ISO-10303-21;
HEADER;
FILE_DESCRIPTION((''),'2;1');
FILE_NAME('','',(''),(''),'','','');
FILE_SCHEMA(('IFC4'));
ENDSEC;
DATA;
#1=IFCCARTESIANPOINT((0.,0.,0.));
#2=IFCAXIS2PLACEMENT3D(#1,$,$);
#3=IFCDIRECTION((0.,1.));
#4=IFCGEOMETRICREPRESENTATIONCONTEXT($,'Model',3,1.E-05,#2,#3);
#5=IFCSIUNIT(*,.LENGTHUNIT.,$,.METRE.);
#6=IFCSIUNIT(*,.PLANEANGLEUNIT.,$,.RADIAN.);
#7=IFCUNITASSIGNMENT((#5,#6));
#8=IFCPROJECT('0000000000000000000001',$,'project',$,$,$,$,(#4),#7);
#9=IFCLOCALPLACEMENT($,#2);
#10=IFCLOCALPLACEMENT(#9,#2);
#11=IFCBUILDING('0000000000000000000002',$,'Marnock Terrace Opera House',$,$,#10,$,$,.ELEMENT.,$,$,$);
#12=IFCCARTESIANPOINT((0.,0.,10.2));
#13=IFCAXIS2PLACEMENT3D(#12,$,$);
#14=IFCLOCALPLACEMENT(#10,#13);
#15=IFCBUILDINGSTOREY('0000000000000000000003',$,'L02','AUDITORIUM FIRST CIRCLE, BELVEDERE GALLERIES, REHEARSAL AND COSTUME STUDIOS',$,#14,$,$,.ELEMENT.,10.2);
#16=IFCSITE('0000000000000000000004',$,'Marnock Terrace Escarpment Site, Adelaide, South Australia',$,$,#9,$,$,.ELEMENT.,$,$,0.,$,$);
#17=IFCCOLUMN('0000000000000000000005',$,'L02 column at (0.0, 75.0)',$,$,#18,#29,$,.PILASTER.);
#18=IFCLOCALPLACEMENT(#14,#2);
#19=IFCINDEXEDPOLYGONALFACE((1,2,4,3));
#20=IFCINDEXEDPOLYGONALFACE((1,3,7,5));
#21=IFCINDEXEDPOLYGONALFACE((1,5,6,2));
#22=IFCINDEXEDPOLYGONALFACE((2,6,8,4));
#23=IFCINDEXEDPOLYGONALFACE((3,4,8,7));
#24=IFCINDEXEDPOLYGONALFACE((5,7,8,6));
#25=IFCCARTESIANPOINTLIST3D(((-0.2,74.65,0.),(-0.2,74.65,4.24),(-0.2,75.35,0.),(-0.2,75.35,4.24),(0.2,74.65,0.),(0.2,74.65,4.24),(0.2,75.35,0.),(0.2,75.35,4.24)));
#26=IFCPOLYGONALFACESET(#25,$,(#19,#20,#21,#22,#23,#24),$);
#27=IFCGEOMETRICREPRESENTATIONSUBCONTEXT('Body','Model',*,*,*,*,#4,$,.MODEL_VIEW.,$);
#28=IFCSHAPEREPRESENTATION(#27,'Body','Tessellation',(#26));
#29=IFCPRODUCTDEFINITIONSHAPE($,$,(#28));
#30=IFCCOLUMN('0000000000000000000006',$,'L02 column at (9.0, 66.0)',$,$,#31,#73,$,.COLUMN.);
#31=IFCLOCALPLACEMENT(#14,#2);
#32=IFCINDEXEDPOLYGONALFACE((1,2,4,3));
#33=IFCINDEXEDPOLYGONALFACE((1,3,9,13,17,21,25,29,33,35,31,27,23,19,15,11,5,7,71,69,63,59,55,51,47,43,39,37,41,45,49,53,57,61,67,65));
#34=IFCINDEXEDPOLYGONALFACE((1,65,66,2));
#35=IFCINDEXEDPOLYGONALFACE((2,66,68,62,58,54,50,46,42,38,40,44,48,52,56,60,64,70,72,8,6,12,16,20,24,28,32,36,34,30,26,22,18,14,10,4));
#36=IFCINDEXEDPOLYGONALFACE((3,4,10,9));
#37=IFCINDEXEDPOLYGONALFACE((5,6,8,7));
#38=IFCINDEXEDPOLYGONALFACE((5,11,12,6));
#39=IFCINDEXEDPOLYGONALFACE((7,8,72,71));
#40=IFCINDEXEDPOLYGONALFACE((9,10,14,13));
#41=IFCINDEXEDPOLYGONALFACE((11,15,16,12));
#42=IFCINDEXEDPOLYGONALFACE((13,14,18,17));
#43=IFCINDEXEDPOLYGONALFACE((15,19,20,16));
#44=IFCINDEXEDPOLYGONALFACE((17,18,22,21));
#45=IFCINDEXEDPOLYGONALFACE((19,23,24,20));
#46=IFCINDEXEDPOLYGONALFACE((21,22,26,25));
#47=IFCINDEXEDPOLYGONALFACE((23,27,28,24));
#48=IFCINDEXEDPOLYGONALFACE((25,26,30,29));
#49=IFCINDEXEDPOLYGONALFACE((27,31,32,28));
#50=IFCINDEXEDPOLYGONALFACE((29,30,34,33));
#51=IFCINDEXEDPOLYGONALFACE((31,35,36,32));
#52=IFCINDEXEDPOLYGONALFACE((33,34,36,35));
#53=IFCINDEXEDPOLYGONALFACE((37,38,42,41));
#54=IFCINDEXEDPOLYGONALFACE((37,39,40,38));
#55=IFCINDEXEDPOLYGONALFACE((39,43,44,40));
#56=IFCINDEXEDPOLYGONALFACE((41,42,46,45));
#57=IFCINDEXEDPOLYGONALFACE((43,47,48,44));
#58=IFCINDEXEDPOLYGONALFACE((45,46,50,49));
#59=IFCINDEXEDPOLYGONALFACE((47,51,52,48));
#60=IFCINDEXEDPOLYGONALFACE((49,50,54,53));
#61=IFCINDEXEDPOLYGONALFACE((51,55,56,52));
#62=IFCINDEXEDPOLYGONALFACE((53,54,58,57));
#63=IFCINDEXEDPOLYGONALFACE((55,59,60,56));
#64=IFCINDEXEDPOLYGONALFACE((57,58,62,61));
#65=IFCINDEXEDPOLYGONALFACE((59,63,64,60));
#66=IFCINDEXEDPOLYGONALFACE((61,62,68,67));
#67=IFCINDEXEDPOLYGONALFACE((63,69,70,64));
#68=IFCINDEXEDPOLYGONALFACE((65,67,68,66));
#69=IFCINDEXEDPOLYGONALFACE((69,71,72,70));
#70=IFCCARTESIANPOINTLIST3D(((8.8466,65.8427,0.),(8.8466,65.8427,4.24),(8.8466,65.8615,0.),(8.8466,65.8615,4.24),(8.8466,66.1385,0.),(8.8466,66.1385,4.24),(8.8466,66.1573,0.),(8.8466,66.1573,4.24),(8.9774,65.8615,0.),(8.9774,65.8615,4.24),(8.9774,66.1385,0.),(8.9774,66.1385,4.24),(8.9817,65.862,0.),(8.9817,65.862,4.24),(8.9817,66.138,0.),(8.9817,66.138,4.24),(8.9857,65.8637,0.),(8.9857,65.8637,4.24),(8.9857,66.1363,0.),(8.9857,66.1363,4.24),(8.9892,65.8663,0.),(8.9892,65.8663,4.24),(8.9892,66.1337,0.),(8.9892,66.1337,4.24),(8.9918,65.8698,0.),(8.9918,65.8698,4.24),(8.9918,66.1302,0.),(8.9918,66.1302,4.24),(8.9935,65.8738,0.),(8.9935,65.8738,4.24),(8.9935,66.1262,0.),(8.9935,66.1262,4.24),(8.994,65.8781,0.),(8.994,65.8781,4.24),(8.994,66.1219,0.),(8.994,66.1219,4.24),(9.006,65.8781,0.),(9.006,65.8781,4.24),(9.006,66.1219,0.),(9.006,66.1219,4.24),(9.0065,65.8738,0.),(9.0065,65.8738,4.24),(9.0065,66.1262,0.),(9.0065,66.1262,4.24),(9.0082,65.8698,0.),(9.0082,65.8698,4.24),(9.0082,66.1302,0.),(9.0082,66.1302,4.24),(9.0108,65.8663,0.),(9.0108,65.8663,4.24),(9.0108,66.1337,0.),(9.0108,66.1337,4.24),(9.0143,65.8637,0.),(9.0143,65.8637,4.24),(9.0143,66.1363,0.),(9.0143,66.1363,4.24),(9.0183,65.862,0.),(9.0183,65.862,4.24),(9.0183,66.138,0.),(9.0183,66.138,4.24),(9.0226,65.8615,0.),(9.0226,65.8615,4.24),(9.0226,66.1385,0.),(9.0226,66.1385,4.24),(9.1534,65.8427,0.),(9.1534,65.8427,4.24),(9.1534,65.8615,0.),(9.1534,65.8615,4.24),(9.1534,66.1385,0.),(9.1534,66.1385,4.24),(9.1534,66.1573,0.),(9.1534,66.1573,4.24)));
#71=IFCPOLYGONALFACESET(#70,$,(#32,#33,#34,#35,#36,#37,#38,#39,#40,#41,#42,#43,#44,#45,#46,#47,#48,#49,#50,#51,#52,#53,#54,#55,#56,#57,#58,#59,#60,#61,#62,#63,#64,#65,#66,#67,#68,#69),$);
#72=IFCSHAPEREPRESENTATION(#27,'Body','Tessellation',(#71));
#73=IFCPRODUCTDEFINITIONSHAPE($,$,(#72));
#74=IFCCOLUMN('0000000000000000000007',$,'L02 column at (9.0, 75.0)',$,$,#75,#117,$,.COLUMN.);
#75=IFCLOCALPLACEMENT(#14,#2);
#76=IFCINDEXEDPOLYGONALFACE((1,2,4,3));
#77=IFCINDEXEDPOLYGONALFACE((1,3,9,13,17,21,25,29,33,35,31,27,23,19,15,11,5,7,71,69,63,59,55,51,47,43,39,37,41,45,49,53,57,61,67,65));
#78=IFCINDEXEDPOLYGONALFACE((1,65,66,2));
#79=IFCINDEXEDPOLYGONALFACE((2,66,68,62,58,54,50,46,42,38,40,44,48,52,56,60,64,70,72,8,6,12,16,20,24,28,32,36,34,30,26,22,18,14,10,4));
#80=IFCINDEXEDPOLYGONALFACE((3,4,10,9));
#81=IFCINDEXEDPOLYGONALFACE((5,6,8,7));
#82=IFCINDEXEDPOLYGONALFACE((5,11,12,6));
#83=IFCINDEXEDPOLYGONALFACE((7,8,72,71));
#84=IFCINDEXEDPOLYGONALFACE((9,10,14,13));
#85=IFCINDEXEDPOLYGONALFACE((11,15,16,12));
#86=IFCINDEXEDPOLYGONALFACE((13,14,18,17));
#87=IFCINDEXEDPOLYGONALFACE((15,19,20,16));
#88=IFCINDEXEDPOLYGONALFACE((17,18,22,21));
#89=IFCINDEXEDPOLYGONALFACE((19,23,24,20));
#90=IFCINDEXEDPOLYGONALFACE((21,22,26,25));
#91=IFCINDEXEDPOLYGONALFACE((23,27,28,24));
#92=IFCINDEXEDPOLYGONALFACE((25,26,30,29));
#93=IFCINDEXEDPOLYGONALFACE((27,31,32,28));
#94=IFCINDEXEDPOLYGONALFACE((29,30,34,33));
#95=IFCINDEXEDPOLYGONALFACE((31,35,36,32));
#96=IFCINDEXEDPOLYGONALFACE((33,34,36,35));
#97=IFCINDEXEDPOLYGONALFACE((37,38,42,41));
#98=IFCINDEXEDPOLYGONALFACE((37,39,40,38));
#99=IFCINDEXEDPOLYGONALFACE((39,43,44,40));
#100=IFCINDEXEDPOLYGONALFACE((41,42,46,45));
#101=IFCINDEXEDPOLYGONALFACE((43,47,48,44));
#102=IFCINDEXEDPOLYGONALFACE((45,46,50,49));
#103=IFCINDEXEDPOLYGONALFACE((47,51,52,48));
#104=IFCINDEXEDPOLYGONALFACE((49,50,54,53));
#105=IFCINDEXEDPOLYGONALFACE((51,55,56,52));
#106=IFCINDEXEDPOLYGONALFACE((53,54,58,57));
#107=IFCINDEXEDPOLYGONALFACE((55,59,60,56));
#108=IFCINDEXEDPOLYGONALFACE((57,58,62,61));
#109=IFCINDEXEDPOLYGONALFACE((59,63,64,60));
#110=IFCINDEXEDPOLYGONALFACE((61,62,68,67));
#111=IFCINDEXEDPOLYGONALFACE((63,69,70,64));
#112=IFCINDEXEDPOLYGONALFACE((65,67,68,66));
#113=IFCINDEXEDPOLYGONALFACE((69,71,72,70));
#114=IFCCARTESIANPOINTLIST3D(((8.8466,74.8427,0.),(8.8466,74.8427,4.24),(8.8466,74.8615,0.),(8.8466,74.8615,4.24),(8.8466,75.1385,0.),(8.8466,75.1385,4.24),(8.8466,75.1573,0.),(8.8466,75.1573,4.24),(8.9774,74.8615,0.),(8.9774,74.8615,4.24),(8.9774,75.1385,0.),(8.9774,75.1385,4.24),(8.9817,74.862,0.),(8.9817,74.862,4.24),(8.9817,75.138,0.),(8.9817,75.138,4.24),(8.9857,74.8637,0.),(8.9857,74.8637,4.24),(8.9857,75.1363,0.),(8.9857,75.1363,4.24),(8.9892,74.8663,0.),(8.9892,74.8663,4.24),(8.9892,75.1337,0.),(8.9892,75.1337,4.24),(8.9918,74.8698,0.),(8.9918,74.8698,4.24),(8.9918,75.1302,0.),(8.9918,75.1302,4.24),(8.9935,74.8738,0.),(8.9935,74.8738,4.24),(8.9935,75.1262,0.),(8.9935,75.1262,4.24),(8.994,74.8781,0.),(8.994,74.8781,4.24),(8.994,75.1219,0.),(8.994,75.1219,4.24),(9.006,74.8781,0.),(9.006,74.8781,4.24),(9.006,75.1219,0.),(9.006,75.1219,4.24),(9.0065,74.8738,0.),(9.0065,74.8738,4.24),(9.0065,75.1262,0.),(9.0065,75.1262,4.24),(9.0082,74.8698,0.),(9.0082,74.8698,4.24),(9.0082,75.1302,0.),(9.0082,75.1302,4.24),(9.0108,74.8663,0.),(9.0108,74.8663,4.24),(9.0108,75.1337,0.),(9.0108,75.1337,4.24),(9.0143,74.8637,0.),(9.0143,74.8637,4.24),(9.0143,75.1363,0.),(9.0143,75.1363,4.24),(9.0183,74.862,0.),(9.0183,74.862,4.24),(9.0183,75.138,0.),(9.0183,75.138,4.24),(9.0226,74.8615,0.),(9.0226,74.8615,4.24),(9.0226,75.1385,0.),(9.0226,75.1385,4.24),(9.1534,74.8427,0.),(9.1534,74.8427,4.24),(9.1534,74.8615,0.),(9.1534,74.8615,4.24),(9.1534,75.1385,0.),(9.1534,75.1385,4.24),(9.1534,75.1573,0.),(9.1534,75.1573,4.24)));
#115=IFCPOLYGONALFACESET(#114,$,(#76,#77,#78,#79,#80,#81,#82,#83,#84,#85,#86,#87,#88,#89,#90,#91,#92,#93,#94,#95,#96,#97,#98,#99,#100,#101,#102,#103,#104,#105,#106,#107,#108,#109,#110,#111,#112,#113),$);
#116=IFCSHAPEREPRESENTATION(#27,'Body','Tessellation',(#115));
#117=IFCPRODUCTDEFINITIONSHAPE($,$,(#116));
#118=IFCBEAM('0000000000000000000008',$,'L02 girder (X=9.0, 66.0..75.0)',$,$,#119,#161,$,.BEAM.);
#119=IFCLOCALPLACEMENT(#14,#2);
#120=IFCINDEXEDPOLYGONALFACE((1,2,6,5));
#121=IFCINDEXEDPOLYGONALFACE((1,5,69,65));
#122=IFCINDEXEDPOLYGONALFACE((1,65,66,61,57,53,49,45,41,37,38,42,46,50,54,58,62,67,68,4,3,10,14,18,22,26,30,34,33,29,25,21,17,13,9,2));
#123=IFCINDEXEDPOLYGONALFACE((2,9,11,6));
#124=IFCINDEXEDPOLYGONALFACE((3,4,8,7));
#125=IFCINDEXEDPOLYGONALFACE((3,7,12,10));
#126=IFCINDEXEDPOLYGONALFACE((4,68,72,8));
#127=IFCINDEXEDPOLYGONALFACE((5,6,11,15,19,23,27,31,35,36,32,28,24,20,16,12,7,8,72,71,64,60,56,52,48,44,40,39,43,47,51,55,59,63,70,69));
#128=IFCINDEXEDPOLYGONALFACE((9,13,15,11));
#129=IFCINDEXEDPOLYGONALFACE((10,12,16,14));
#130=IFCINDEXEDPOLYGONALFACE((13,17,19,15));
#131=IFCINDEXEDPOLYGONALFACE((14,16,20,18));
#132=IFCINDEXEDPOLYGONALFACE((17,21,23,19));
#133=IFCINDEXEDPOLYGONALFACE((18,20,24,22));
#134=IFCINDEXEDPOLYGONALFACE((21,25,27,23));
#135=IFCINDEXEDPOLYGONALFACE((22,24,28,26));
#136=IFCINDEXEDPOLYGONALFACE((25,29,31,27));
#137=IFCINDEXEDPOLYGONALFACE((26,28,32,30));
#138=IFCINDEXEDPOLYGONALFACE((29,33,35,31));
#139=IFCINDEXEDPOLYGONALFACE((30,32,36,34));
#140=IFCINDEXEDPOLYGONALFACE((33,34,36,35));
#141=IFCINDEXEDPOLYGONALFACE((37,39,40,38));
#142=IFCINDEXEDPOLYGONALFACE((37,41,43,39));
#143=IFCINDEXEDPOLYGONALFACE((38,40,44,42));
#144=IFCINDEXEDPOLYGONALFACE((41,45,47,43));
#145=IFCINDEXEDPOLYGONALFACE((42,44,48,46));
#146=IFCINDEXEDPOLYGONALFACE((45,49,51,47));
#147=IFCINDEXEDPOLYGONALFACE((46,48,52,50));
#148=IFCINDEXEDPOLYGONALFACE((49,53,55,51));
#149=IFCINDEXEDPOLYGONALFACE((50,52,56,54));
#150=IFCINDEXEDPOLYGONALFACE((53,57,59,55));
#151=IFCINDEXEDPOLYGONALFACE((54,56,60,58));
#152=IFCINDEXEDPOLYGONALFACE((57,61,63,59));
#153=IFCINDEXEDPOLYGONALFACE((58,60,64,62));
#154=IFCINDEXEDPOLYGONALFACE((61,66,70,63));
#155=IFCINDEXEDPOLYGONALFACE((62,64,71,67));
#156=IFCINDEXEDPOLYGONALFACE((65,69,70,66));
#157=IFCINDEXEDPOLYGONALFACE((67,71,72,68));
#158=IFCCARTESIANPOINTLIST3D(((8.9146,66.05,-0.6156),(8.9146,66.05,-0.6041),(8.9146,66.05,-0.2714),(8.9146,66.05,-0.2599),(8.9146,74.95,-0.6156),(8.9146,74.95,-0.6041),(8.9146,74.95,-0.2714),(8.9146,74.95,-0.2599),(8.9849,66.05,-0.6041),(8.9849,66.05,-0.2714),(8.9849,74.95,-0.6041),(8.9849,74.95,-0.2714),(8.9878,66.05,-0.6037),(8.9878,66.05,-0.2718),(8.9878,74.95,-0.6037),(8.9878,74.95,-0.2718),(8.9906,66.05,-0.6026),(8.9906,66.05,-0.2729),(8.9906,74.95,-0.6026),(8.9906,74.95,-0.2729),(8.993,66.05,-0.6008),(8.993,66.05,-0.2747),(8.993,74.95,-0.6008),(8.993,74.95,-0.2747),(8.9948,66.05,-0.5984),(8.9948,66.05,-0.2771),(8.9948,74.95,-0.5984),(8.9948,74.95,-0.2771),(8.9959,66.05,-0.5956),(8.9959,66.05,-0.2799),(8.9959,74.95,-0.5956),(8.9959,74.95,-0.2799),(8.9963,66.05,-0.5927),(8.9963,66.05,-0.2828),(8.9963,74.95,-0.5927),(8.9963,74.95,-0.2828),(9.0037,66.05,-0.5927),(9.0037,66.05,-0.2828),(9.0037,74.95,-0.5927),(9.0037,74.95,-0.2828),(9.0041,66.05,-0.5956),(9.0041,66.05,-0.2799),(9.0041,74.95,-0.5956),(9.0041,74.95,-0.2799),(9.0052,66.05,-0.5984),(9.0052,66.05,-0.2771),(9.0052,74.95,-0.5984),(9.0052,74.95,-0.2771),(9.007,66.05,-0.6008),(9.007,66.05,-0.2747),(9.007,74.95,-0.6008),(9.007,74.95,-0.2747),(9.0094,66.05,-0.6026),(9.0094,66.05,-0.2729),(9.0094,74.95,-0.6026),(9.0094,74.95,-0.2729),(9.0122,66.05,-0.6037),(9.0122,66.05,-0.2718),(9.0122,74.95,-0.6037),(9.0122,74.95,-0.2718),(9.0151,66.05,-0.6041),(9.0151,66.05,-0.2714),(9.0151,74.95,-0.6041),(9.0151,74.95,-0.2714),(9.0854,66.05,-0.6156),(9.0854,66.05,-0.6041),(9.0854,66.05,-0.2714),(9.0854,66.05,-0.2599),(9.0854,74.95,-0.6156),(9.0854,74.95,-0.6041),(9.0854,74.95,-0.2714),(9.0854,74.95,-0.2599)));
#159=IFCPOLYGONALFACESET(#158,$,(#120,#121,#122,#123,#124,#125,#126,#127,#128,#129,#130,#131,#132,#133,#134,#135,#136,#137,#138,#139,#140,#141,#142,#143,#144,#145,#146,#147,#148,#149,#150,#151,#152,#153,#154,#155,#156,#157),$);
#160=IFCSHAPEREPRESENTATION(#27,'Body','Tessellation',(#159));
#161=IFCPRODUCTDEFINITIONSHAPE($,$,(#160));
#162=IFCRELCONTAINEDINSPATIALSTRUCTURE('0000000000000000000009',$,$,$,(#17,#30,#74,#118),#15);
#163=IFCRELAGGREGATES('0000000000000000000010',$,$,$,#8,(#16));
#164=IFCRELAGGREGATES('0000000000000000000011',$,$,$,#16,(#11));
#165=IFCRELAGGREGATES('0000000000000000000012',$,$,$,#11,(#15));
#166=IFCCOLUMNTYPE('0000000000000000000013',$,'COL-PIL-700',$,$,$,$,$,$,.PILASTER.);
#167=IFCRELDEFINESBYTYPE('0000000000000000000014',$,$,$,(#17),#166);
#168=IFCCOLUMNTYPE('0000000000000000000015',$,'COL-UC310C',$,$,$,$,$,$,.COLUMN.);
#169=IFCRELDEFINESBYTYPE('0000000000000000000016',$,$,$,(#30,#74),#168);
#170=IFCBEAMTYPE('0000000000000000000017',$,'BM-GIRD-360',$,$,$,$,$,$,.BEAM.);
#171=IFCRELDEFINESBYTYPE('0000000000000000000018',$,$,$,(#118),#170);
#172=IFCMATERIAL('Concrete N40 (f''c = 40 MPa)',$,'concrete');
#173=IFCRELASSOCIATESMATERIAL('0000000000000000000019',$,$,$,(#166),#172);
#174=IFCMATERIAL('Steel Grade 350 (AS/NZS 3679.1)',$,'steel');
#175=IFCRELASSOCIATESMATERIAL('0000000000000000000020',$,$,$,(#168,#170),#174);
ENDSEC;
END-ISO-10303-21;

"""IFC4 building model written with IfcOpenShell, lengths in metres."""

from ifc_helpers import new_model, si_unit, direction, frame, origin, origin_2d, place, context, subcontext, project, spatial, rectangle, i_section, extrude, material, material_profile, profile_set, type_object, element, save


model = new_model("IFC4")

# Units and contexts
model_context = context("Model", 3, precision=1e-05, world=origin(), true_north=direction((0.0, 1.0)))
body_context = subcontext(model_context, "Body", "Model", "MODEL_VIEW")
ifc_project = project(units=[si_unit("LENGTHUNIT", "METRE"), si_unit("PLANEANGLEUNIT", "RADIAN")], contexts=[model_context])

# Site, building, storey
site_placement = place(None, origin())
site = spatial("IfcSite", under=ifc_project, at=site_placement, Name="Marnock Terrace Escarpment Site, Adelaide, South Australia", CompositionType="ELEMENT", RefElevation=0.0)
building_placement = place(site_placement, origin())
building = spatial("IfcBuilding", under=site, at=building_placement, Name="Marnock Terrace Opera House", CompositionType="ELEMENT")
storey_placement = place(building_placement, frame((0.0, 0.0, 10.2)))
storey = spatial("IfcBuildingStorey", under=building, at=storey_placement, Name="L02", Description="AUDITORIUM FIRST CIRCLE, BELVEDERE GALLERIES, REHEARSAL AND COSTUME STUDIOS", CompositionType="ELEMENT", Elevation=10.2)

# Columns
ifc_material_1 = material(Name="Concrete N40 (f'c = 40 MPa)", Category="concrete")
ifc_material_profile_1 = material_profile(ifc_material_1, rectangle(XDim=0.3999, YDim=0.7, at=origin_2d()))
ifc_profile_set_1 = profile_set([ifc_material_profile_1], Name="Concrete N40 (f'c = 40 MPa)")
column_type_1 = type_object("IfcColumnType", Name="COL-PIL-700", PredefinedType="PILASTER", material=ifc_profile_set_1)
column_placement = place(storey_placement, frame((0.0, 75.0, 0.0), z_axis=(0.0, 0.0, 1.0), x_axis=(1.0, 0.0, 0.0)))
element("IfcColumn", 1, at=column_placement, inside=storey, type_object=column_type_1, Name="L02 column at (0.0, 75.0)", PredefinedType="PILASTER", context=body_context, shape_type="SweptSolid", body=[
    extrude(rectangle(XDim=0.3999, YDim=0.7, at=origin_2d()), origin(), (0.0, 0.0, 1.0), 4.24),
])
ifc_material_2 = material(Name="Steel Grade 350 (AS/NZS 3679.1)", Category="steel")
ifc_material_profile_2 = material_profile(ifc_material_2, i_section(OverallWidth=0.3069, OverallDepth=0.3147, WebThickness=0.012, FlangeThickness=0.0188, FilletRadius=0.0166, at=origin_2d()))
ifc_profile_set_2 = profile_set([ifc_material_profile_2], Name="Steel Grade 350 (AS/NZS 3679.1)")
column_type_2 = type_object("IfcColumnType", Name="COL-UC310C", PredefinedType="COLUMN", material=ifc_profile_set_2)
for number, where, z_axis, x_axis, name in (
    (2, (9.0, 66.0, 0.0), (0.0, 0.0, 1.0), (1.0, 0.0, 0.0), "L02 column at (9.0, 66.0)"),
    (3, (9.0, 75.0, 0.0), (0.0, 0.0, 1.0), (1.0, 0.0, 0.0), "L02 column at (9.0, 75.0)"),
):
    element("IfcColumn", number, at=place(storey_placement, frame(where, z_axis=z_axis, x_axis=x_axis)), inside=storey, type_object=column_type_2, Name=name, PredefinedType="COLUMN", context=body_context, shape_type="SweptSolid", body=[
        extrude(i_section(OverallWidth=0.3069, OverallDepth=0.3147, WebThickness=0.012, FlangeThickness=0.0188, FilletRadius=0.0166, at=origin_2d()), origin(), (0.0, 0.0, 1.0), 4.24),
    ])

# Beam
ifc_material_profile_3 = material_profile(ifc_material_2, i_section(OverallWidth=0.1709, OverallDepth=0.3557, WebThickness=0.0073, FlangeThickness=0.0115, FilletRadius=0.0115, at=origin_2d()))
ifc_profile_set_3 = profile_set([ifc_material_profile_3], Name="Steel Grade 350 (AS/NZS 3679.1)")
beam_type_1 = type_object("IfcBeamType", Name="BM-GIRD-360", PredefinedType="BEAM", material=ifc_profile_set_3)
beam_1_placement = place(storey_placement, frame((9.0, 66.05, -0.4377), z_axis=(0.0, 1.0, 0.0), x_axis=(-1.0, 0.0, 0.0)))
element("IfcBeam", 4, at=beam_1_placement, inside=storey, type_object=beam_type_1, Name="L02 girder (X=9.0, 66.0..75.0)", PredefinedType="BEAM", context=body_context, shape_type="SweptSolid", body=[
    extrude(i_section(OverallWidth=0.1709, OverallDepth=0.3557, WebThickness=0.0073, FlangeThickness=0.0115, FilletRadius=0.0115, at=origin_2d()), origin(), (0.0, 0.0, 1.0), 8.8999),
])

save(model, "model.ifc")
